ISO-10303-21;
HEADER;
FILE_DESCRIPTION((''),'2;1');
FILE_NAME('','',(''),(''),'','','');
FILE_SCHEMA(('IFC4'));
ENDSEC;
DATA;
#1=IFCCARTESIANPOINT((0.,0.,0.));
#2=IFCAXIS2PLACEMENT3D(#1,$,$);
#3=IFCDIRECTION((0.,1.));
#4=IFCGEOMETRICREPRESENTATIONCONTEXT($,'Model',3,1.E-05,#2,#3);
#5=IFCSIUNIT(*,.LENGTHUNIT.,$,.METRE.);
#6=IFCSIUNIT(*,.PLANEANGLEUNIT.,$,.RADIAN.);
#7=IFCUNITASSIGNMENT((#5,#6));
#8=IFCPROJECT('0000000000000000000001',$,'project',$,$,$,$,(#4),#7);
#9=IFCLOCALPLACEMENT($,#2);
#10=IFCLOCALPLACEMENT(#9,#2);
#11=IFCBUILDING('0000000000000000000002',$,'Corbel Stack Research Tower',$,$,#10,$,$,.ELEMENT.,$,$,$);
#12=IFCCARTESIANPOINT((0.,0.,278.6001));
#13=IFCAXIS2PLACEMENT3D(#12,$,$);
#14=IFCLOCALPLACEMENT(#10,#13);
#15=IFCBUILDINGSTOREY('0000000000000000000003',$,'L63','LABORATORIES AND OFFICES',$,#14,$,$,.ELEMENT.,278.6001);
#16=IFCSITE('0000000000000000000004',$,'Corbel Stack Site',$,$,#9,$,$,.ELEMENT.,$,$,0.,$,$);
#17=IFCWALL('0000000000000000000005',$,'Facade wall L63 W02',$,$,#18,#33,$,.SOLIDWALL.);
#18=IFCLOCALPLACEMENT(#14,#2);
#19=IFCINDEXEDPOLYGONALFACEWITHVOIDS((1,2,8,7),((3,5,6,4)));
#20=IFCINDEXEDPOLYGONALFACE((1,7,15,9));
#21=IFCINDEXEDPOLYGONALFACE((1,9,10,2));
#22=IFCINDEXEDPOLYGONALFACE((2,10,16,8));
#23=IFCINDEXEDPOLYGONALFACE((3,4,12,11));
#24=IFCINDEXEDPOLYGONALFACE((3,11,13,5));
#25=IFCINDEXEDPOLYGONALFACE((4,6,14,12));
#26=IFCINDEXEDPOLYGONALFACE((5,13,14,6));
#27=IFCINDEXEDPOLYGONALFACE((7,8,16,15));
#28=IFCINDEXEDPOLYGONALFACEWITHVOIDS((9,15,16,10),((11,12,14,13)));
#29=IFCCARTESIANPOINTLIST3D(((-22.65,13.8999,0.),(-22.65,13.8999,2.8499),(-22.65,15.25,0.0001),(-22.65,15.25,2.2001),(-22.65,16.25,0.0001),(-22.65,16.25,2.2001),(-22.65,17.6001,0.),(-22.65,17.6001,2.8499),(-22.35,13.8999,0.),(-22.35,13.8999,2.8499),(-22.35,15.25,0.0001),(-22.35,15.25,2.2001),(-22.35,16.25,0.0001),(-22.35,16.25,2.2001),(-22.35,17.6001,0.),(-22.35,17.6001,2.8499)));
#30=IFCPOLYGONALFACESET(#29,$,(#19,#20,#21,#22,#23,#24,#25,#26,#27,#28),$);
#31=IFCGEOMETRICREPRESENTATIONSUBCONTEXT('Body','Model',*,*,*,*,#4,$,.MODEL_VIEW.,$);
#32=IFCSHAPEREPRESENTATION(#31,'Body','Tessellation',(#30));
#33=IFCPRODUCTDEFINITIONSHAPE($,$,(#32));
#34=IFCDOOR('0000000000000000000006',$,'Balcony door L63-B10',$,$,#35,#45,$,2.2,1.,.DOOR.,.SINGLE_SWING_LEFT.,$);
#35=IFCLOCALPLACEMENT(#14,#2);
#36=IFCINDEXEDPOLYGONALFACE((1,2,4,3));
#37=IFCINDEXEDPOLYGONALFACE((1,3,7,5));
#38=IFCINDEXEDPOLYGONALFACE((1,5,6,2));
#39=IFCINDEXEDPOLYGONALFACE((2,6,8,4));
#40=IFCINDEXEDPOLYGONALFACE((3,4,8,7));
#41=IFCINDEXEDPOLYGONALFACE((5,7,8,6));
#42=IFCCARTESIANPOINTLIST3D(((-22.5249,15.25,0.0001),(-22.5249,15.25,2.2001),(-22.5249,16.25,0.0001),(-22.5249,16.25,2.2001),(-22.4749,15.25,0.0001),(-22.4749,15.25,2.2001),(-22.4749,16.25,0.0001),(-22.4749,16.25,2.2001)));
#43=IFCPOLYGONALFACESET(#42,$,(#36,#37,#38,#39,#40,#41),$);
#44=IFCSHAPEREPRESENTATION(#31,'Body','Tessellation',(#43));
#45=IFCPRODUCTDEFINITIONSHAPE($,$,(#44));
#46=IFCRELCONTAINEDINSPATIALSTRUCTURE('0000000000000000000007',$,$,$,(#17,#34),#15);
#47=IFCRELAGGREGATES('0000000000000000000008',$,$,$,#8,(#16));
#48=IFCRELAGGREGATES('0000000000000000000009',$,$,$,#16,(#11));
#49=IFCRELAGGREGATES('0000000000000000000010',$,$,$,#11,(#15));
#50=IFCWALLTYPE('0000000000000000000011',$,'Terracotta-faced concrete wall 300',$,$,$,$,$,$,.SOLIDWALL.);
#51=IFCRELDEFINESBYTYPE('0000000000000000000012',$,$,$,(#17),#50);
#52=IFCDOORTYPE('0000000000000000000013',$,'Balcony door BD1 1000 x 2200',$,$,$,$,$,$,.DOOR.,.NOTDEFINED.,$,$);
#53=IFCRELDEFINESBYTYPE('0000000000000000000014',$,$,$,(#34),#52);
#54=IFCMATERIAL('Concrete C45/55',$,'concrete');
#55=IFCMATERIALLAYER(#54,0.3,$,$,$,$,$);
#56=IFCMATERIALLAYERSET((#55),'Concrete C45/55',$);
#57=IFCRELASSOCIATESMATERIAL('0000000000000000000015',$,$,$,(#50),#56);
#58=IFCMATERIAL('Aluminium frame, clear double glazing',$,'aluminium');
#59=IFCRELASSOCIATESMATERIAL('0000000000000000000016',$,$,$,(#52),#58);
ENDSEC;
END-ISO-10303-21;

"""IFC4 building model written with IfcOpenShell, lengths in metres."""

from ifc_helpers import new_model, si_unit, direction, frame, frame_2d, origin, place, context, subcontext, project, spatial, rectangle, extrude, material, layer, layer_set, type_object, element, fill, save


model = new_model("IFC4")

# Units and contexts
model_context = context("Model", 3, precision=1e-05, world=origin(), true_north=direction((0.0, 1.0)))
body_context = subcontext(model_context, "Body", "Model", "MODEL_VIEW")
ifc_project = project(units=[si_unit("LENGTHUNIT", "METRE"), si_unit("PLANEANGLEUNIT", "RADIAN")], contexts=[model_context])

# Site, building, storey
site_placement = place(None, origin())
site = spatial("IfcSite", under=ifc_project, at=site_placement, Name="Corbel Stack Site", CompositionType="ELEMENT", RefElevation=0.0)
building_placement = place(site_placement, origin())
building = spatial("IfcBuilding", under=site, at=building_placement, Name="Corbel Stack Research Tower", CompositionType="ELEMENT")
storey_placement = place(building_placement, frame((0.0, 0.0, 278.6001)))
storey = spatial("IfcBuildingStorey", under=building, at=storey_placement, Name="L63", Description="LABORATORIES AND OFFICES", CompositionType="ELEMENT", Elevation=278.6001)

# Wall, opening, door
ifc_material_1 = material(Name="Concrete C45/55", Category="concrete")
ifc_layer_1 = layer(ifc_material_1, 0.3)
ifc_layer_set_1 = layer_set([ifc_layer_1], Name="Concrete C45/55")
wall_type_1 = type_object("IfcWallType", Name="Terracotta-faced concrete wall 300", PredefinedType="SOLIDWALL", material=ifc_layer_set_1)
wall_1_placement = place(storey_placement, frame((-22.5, 13.8999, 0.0), z_axis=(0.0, 0.0, 1.0), x_axis=(0.0, 1.0, 0.0)))
wall_1 = element("IfcWall", 1, at=wall_1_placement, inside=storey, type_object=wall_type_1, Name="Facade wall L63 W02", PredefinedType="SOLIDWALL", context=body_context, shape_type="SweptSolid", body=[
    extrude(rectangle(XDim=3.7002, YDim=0.3, at=frame_2d((1.8501, 0.0))), origin(), (0.0, 0.0, 1.0), 2.8499),
])
opening_1_placement = place(wall_1_placement, frame((1.3501, 0.0, 0.0)))
opening_1 = element("IfcOpeningElement", 2, at=opening_1_placement, cuts=wall_1, PredefinedType="OPENING", context=body_context, shape_type="SweptSolid", body=[
    extrude(rectangle(XDim=1.0, YDim=2.2, at=frame_2d((0.5, 1.1001))), frame((0.0, 0.1599, 0.0), z_axis=(0.0, -1.0, 0.0), x_axis=(1.0, 0.0, 0.0)), (0.0, 0.0, 1.0), 0.3201),
])
ifc_material_2 = material(Name="Aluminium frame, clear double glazing", Category="aluminium")
door_type_1 = type_object("IfcDoorType", Name="Balcony door BD1 1000 x 2200", OperationType="NOTDEFINED", PredefinedType="DOOR", material=ifc_material_2)
door_1_placement = place(opening_1_placement, origin())
door_1 = element("IfcDoor", 3, at=door_1_placement, inside=storey, type_object=door_type_1, Name="Balcony door L63-B10", OperationType="SINGLE_SWING_LEFT", OverallHeight=2.2, OverallWidth=1.0, PredefinedType="DOOR", context=body_context, shape_type="SweptSolid", body=[
    extrude(rectangle(XDim=1.0, YDim=2.2, at=frame_2d((0.5, 1.1001))), frame((0.0, 0.0249, 0.0), z_axis=(0.0, -1.0, 0.0), x_axis=(1.0, 0.0, 0.0)), (0.0, 0.0, 1.0), 0.05),
])
fill(opening_1, door_1)

save(model, "model.ifc")
